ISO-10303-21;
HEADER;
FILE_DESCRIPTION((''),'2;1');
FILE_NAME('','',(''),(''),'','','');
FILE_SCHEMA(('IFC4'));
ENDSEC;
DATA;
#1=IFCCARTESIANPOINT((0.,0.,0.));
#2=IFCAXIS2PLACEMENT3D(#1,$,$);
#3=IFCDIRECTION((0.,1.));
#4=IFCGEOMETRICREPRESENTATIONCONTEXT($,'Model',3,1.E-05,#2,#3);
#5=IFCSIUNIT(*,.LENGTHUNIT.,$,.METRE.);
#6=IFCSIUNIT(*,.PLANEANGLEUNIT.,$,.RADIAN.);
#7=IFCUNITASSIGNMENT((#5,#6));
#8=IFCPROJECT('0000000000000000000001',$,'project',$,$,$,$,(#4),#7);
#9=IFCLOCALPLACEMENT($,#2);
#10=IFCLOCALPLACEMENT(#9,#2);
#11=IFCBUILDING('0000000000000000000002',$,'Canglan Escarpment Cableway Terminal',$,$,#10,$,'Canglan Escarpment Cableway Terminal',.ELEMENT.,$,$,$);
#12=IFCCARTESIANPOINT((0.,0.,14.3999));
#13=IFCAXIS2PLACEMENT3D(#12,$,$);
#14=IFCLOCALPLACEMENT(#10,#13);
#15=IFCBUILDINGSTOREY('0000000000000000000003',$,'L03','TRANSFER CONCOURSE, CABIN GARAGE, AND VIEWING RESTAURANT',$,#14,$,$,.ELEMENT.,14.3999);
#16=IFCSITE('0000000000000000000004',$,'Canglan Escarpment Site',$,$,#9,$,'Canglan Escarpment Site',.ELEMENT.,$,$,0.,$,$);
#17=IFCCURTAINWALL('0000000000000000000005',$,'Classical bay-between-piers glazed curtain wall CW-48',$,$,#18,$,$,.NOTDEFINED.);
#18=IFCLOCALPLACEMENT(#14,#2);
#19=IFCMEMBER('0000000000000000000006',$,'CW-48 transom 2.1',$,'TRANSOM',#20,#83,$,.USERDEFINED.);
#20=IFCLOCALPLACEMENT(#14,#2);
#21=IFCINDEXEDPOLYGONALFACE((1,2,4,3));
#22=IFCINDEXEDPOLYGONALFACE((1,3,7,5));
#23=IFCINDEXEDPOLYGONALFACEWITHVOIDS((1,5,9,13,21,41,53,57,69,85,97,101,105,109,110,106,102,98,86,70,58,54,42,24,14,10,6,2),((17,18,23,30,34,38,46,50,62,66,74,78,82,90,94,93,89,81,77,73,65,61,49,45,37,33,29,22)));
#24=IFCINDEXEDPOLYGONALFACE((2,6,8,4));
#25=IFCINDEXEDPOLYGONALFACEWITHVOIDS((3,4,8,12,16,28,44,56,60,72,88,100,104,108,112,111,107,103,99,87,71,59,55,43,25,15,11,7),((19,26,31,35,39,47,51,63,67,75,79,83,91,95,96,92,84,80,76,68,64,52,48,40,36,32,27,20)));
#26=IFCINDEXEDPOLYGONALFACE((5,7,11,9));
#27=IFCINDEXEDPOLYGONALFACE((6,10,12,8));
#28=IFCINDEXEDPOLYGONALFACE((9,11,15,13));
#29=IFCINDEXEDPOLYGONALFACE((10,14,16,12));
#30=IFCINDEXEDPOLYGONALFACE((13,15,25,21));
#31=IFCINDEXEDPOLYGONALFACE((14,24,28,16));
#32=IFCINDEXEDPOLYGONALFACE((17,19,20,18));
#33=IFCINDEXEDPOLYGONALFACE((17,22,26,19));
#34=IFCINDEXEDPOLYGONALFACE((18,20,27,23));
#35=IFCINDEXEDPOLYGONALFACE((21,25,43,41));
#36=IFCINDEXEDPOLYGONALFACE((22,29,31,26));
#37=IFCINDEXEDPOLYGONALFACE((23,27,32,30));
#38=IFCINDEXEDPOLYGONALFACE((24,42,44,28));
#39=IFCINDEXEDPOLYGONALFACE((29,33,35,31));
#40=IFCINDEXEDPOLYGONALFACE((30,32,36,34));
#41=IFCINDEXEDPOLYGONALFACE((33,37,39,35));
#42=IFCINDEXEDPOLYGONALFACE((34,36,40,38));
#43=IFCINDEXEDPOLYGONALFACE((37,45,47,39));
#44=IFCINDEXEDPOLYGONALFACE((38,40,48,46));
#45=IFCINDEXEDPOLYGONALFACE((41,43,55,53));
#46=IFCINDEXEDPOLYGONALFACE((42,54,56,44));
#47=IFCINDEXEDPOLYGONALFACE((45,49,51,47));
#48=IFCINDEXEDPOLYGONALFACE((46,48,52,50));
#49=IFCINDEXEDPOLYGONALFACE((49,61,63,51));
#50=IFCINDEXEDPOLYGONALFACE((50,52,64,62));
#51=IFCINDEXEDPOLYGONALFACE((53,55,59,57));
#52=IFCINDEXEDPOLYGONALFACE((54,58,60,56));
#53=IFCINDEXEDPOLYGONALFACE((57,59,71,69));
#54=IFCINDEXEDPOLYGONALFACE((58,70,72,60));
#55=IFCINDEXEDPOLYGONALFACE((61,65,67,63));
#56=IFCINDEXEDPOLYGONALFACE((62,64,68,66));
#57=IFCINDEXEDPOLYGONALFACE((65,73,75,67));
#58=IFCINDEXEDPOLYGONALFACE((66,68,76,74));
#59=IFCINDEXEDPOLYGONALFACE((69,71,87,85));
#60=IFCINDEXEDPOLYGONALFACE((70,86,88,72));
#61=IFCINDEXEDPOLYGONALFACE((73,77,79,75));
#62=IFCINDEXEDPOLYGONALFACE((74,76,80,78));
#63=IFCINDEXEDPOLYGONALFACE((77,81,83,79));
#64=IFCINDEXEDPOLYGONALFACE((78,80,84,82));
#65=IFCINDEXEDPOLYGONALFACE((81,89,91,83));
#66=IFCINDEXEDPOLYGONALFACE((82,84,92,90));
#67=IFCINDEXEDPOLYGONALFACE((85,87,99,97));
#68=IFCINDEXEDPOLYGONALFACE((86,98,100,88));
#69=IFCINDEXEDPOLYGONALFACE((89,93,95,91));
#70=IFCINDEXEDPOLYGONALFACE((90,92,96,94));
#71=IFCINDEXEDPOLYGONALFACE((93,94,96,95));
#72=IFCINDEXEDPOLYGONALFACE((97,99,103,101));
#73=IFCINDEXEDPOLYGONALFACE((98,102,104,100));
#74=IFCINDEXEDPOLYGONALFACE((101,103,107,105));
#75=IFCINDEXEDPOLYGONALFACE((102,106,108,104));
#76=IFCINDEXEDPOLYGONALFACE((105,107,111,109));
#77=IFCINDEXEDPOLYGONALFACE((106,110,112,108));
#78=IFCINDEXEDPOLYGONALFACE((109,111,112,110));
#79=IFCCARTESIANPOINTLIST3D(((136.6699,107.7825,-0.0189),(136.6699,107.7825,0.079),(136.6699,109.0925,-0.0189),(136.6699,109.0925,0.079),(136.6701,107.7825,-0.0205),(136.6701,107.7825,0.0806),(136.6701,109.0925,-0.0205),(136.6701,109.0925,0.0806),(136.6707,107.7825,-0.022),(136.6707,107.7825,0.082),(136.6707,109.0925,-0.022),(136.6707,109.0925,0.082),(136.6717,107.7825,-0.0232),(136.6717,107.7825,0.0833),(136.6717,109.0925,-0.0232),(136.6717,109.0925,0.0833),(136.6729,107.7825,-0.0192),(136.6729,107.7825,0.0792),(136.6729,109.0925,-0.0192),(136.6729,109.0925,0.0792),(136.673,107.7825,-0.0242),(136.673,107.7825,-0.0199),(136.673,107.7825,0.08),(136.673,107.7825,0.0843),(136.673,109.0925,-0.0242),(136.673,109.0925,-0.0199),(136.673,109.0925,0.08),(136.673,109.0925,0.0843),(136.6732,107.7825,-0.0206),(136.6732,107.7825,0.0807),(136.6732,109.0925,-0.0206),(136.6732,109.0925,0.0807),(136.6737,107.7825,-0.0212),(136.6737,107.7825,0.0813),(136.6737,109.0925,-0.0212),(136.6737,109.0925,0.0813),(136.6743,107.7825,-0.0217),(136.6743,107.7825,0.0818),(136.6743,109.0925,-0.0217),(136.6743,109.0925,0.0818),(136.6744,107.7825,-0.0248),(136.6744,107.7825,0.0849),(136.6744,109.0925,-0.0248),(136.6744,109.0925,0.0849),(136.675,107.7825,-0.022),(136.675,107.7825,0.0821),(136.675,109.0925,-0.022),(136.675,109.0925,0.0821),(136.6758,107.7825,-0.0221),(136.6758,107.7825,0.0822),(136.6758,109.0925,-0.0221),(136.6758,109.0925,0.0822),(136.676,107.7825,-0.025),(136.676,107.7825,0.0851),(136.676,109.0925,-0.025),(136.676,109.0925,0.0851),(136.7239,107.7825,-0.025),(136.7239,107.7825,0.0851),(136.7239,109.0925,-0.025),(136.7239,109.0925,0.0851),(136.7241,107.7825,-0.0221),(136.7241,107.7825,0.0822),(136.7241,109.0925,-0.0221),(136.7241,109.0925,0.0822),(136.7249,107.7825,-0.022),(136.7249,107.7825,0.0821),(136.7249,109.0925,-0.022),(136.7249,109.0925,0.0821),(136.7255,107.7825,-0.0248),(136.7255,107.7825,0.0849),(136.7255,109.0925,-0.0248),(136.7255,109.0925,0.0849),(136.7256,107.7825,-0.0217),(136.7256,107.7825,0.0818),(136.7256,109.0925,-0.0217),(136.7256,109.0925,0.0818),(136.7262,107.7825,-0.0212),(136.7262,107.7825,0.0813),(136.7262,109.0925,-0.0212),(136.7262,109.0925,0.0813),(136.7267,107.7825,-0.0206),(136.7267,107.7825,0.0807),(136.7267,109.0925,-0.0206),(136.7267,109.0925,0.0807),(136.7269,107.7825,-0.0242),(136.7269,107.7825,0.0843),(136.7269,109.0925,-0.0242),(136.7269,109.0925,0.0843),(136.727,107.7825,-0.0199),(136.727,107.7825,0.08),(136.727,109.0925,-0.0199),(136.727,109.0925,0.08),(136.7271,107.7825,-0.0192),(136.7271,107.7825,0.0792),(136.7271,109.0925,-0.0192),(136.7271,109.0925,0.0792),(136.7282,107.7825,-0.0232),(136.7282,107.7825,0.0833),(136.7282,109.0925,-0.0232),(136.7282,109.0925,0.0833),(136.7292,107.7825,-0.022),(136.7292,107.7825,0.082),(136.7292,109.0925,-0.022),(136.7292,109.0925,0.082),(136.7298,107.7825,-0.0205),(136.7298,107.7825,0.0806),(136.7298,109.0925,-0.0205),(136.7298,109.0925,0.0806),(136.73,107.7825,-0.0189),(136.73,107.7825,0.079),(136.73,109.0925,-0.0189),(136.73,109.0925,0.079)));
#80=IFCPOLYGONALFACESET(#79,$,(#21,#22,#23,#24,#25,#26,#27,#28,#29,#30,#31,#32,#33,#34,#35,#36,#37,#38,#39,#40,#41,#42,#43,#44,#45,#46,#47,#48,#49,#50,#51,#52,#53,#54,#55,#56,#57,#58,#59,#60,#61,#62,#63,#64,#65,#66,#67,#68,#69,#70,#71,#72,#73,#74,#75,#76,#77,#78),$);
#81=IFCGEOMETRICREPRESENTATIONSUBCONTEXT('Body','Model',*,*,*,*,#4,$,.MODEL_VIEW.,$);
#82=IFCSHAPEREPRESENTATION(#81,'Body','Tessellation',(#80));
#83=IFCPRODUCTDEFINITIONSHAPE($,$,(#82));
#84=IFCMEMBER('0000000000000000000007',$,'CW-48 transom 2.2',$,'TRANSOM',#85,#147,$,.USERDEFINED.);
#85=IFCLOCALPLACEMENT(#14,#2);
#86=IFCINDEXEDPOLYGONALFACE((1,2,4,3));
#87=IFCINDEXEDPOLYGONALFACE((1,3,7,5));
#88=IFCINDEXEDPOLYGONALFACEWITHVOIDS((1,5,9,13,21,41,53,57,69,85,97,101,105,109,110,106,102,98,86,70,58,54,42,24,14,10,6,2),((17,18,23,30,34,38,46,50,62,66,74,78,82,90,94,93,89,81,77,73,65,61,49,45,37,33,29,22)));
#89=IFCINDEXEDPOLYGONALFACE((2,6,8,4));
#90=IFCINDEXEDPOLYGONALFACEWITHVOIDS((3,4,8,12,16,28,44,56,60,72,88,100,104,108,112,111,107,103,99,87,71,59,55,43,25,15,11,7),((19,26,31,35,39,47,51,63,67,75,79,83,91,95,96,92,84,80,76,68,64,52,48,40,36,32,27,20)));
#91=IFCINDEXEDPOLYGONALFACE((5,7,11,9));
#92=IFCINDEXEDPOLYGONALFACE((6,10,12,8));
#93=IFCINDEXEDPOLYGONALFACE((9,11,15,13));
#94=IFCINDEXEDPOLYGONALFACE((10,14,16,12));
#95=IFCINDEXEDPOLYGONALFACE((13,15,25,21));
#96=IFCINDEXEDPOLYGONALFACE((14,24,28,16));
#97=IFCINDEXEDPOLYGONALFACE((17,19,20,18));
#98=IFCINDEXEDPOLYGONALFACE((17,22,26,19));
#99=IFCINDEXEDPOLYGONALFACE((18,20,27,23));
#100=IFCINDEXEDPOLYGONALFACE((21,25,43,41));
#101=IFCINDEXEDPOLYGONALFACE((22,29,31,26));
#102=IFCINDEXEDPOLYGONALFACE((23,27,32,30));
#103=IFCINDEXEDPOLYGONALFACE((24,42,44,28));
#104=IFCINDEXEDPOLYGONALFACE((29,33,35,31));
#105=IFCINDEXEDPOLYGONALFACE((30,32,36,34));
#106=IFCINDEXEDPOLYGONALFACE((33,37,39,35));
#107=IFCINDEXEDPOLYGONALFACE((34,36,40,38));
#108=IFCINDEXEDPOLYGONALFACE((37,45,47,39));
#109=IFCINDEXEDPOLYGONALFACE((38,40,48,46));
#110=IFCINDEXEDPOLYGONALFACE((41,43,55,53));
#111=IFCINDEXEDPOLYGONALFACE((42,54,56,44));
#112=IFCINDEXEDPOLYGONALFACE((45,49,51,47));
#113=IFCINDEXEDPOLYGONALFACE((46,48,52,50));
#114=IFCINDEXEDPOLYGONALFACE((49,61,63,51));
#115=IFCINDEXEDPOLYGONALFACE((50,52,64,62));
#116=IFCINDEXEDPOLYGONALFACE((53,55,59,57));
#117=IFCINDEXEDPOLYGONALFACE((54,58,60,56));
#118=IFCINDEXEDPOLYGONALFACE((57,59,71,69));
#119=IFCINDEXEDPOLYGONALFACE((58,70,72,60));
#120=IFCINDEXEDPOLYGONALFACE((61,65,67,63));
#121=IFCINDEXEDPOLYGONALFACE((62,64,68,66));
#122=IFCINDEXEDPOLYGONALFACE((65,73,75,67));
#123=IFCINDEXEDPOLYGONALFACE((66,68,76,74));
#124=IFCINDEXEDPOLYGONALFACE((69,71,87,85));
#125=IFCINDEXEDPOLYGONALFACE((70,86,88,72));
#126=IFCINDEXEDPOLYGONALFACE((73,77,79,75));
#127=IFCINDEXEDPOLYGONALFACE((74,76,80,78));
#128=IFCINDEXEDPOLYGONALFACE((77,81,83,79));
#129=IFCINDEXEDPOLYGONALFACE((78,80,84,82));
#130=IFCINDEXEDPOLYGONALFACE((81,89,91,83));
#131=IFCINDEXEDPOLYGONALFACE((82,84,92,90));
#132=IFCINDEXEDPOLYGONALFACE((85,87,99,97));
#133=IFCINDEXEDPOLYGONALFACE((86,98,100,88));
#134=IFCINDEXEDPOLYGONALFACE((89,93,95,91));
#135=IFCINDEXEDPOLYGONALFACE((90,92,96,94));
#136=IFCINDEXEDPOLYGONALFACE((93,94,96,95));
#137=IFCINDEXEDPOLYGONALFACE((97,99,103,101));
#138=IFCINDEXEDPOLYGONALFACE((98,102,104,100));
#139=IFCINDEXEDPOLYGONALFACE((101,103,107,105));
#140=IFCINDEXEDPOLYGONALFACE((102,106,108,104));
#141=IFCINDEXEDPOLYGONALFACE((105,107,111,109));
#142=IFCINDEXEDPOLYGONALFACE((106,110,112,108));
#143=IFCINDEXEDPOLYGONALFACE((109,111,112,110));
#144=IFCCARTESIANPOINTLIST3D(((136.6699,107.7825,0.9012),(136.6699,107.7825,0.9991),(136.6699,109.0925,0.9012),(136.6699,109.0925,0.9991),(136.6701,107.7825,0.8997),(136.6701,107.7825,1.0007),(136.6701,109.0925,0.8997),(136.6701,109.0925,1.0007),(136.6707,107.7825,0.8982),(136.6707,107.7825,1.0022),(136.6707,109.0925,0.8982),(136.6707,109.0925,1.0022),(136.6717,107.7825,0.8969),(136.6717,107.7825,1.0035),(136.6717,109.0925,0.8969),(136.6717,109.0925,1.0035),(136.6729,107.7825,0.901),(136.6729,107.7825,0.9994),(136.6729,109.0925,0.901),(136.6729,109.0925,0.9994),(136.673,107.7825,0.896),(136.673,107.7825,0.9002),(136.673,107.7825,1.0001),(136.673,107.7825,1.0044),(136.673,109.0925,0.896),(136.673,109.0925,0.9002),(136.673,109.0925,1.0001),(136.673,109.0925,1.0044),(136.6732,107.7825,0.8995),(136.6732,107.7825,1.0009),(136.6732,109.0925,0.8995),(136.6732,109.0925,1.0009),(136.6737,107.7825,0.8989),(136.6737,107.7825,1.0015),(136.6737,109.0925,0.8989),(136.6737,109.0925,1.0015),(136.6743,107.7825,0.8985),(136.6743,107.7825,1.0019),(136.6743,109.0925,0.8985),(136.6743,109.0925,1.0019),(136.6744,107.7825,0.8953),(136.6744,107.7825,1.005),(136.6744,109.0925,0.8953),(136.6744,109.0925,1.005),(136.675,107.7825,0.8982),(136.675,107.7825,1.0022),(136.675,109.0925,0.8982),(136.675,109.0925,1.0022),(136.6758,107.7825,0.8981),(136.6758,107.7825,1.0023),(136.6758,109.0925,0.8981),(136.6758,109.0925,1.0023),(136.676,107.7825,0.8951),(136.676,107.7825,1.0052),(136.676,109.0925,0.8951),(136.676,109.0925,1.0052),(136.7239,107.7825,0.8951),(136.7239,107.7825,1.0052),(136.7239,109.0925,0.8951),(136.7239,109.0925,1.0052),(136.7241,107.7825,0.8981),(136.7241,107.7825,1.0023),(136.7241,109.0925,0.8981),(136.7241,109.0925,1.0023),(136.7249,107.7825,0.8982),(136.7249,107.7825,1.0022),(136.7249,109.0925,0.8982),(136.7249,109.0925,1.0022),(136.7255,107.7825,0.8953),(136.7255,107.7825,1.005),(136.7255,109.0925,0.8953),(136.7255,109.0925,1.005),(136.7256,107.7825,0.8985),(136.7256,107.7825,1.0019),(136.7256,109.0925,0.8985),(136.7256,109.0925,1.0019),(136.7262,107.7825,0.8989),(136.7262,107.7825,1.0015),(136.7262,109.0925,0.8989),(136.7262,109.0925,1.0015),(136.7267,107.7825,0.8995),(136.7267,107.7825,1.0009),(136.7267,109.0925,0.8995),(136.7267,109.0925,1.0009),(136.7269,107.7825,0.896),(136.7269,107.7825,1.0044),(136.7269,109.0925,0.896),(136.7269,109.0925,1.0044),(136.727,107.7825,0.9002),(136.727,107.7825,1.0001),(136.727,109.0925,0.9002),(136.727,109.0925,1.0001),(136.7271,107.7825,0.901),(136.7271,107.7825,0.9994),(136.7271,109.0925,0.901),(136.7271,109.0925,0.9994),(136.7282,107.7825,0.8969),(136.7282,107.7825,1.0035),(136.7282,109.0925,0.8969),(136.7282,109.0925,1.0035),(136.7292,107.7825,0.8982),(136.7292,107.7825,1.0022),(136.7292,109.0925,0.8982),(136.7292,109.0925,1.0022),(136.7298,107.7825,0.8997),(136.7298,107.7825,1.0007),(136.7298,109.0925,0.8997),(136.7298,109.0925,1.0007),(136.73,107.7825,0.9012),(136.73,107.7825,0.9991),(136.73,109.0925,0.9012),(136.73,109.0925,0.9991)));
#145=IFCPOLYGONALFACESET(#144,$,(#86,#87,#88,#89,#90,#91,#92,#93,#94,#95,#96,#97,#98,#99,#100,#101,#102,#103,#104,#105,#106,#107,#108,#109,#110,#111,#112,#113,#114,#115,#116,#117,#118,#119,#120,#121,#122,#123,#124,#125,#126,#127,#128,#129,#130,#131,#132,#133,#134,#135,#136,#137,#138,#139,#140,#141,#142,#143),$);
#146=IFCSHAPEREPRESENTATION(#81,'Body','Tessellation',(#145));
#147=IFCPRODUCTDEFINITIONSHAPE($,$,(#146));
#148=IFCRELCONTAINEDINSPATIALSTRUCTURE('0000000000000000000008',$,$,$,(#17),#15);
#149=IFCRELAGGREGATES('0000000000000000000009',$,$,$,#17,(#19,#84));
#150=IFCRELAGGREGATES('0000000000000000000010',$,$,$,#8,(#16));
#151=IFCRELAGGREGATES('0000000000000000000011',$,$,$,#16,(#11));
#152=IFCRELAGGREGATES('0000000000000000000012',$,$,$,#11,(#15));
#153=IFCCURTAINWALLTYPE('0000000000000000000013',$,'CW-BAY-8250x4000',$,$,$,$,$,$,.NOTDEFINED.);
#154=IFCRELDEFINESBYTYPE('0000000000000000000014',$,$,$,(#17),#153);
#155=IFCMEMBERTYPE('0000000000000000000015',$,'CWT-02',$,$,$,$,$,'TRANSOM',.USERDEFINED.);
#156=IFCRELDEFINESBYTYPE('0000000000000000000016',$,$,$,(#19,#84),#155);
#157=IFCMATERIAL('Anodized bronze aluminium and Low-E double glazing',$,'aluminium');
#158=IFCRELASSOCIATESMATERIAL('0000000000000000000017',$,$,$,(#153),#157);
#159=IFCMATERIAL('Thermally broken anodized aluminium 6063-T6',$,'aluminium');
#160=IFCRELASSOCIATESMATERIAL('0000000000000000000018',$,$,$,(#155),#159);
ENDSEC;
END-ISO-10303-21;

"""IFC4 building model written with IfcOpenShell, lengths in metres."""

from ifc_helpers import new_model, si_unit, direction, frame, origin, origin_2d, place, context, subcontext, project, spatial, hollow_rectangle, extrude, material, material_profile, profile_set, type_object, element, aggregate, save


model = new_model("IFC4")

# Units and contexts
model_context = context("Model", 3, precision=1e-05, world=origin(), true_north=direction((0.0, 1.0)))
body_context = subcontext(model_context, "Body", "Model", "MODEL_VIEW")
ifc_project = project(units=[si_unit("LENGTHUNIT", "METRE"), si_unit("PLANEANGLEUNIT", "RADIAN")], contexts=[model_context])

# Site, building, storey
site_placement = place(None, origin())
site = spatial("IfcSite", under=ifc_project, at=site_placement, Name="Canglan Escarpment Site", LongName="Canglan Escarpment Site", CompositionType="ELEMENT", RefElevation=0.0)
building_placement = place(site_placement, origin())
building = spatial("IfcBuilding", under=site, at=building_placement, Name="Canglan Escarpment Cableway Terminal", LongName="Canglan Escarpment Cableway Terminal", CompositionType="ELEMENT")
storey_placement = place(building_placement, frame((0.0, 0.0, 14.3999)))
storey = spatial("IfcBuildingStorey", under=building, at=storey_placement, Name="L03", Description="TRANSFER CONCOURSE, CABIN GARAGE, AND VIEWING RESTAURANT", CompositionType="ELEMENT", Elevation=14.3999)

# Curtain wall, members
ifc_material_1 = material(Name="Anodized bronze aluminium and Low-E double glazing", Category="aluminium")
curtain_wall_type_1 = type_object("IfcCurtainWallType", Name="CW-BAY-8250x4000", PredefinedType="NOTDEFINED", material=ifc_material_1)
curtain_wall_1_placement = place(storey_placement, origin())
curtain_wall_1 = element("IfcCurtainWall", 1, at=curtain_wall_1_placement, inside=storey, type_object=curtain_wall_type_1, Name="Classical bay-between-piers glazed curtain wall CW-48", PredefinedType="NOTDEFINED")
ifc_material_2 = material(Name="Thermally broken anodized aluminium 6063-T6", Category="aluminium")
ifc_material_profile_1 = material_profile(ifc_material_2, hollow_rectangle(XDim=0.0601, YDim=0.1101, WallThickness=0.0029, InnerFilletRadius=0.0029, OuterFilletRadius=0.0061, at=origin_2d()), Name="ALU-TRAN 60x110x3")
ifc_profile_set_1 = profile_set([ifc_material_profile_1], Name="Thermally broken anodized aluminium 6063-T6")
member_type_1 = type_object("IfcMemberType", Name="CWT-02", ElementType="TRANSOM", PredefinedType="USERDEFINED", material=ifc_profile_set_1)
member_1_placement = place(storey_placement, frame((136.7, 107.7825, 0.03), z_axis=(0.0, 1.0, 0.0), x_axis=(-1.0, 0.0, 0.0)))
member_1 = element("IfcMember", 2, at=member_1_placement, type_object=member_type_1, Name="CW-48 transom 2.1", ObjectType="TRANSOM", PredefinedType="USERDEFINED", context=body_context, shape_type="SweptSolid", body=[
    extrude(hollow_rectangle(XDim=0.0601, YDim=0.1101, WallThickness=0.0029, InnerFilletRadius=0.0029, OuterFilletRadius=0.0061, at=origin_2d()), origin(), (0.0, 0.0, 1.0), 1.3101),
])
member_2_placement = place(storey_placement, frame((136.7, 107.7825, 0.9502), z_axis=(0.0, 1.0, 0.0), x_axis=(-1.0, 0.0, 0.0)))
member_2 = element("IfcMember", 3, at=member_2_placement, type_object=member_type_1, Name="CW-48 transom 2.2", ObjectType="TRANSOM", PredefinedType="USERDEFINED", context=body_context, shape_type="SweptSolid", body=[
    extrude(hollow_rectangle(XDim=0.0601, YDim=0.1101, WallThickness=0.0029, InnerFilletRadius=0.0029, OuterFilletRadius=0.0061, at=origin_2d()), origin(), (0.0, 0.0, 1.0), 1.3101),
])

aggregate(curtain_wall_1, [member_1, member_2])

save(model, "model.ifc")
